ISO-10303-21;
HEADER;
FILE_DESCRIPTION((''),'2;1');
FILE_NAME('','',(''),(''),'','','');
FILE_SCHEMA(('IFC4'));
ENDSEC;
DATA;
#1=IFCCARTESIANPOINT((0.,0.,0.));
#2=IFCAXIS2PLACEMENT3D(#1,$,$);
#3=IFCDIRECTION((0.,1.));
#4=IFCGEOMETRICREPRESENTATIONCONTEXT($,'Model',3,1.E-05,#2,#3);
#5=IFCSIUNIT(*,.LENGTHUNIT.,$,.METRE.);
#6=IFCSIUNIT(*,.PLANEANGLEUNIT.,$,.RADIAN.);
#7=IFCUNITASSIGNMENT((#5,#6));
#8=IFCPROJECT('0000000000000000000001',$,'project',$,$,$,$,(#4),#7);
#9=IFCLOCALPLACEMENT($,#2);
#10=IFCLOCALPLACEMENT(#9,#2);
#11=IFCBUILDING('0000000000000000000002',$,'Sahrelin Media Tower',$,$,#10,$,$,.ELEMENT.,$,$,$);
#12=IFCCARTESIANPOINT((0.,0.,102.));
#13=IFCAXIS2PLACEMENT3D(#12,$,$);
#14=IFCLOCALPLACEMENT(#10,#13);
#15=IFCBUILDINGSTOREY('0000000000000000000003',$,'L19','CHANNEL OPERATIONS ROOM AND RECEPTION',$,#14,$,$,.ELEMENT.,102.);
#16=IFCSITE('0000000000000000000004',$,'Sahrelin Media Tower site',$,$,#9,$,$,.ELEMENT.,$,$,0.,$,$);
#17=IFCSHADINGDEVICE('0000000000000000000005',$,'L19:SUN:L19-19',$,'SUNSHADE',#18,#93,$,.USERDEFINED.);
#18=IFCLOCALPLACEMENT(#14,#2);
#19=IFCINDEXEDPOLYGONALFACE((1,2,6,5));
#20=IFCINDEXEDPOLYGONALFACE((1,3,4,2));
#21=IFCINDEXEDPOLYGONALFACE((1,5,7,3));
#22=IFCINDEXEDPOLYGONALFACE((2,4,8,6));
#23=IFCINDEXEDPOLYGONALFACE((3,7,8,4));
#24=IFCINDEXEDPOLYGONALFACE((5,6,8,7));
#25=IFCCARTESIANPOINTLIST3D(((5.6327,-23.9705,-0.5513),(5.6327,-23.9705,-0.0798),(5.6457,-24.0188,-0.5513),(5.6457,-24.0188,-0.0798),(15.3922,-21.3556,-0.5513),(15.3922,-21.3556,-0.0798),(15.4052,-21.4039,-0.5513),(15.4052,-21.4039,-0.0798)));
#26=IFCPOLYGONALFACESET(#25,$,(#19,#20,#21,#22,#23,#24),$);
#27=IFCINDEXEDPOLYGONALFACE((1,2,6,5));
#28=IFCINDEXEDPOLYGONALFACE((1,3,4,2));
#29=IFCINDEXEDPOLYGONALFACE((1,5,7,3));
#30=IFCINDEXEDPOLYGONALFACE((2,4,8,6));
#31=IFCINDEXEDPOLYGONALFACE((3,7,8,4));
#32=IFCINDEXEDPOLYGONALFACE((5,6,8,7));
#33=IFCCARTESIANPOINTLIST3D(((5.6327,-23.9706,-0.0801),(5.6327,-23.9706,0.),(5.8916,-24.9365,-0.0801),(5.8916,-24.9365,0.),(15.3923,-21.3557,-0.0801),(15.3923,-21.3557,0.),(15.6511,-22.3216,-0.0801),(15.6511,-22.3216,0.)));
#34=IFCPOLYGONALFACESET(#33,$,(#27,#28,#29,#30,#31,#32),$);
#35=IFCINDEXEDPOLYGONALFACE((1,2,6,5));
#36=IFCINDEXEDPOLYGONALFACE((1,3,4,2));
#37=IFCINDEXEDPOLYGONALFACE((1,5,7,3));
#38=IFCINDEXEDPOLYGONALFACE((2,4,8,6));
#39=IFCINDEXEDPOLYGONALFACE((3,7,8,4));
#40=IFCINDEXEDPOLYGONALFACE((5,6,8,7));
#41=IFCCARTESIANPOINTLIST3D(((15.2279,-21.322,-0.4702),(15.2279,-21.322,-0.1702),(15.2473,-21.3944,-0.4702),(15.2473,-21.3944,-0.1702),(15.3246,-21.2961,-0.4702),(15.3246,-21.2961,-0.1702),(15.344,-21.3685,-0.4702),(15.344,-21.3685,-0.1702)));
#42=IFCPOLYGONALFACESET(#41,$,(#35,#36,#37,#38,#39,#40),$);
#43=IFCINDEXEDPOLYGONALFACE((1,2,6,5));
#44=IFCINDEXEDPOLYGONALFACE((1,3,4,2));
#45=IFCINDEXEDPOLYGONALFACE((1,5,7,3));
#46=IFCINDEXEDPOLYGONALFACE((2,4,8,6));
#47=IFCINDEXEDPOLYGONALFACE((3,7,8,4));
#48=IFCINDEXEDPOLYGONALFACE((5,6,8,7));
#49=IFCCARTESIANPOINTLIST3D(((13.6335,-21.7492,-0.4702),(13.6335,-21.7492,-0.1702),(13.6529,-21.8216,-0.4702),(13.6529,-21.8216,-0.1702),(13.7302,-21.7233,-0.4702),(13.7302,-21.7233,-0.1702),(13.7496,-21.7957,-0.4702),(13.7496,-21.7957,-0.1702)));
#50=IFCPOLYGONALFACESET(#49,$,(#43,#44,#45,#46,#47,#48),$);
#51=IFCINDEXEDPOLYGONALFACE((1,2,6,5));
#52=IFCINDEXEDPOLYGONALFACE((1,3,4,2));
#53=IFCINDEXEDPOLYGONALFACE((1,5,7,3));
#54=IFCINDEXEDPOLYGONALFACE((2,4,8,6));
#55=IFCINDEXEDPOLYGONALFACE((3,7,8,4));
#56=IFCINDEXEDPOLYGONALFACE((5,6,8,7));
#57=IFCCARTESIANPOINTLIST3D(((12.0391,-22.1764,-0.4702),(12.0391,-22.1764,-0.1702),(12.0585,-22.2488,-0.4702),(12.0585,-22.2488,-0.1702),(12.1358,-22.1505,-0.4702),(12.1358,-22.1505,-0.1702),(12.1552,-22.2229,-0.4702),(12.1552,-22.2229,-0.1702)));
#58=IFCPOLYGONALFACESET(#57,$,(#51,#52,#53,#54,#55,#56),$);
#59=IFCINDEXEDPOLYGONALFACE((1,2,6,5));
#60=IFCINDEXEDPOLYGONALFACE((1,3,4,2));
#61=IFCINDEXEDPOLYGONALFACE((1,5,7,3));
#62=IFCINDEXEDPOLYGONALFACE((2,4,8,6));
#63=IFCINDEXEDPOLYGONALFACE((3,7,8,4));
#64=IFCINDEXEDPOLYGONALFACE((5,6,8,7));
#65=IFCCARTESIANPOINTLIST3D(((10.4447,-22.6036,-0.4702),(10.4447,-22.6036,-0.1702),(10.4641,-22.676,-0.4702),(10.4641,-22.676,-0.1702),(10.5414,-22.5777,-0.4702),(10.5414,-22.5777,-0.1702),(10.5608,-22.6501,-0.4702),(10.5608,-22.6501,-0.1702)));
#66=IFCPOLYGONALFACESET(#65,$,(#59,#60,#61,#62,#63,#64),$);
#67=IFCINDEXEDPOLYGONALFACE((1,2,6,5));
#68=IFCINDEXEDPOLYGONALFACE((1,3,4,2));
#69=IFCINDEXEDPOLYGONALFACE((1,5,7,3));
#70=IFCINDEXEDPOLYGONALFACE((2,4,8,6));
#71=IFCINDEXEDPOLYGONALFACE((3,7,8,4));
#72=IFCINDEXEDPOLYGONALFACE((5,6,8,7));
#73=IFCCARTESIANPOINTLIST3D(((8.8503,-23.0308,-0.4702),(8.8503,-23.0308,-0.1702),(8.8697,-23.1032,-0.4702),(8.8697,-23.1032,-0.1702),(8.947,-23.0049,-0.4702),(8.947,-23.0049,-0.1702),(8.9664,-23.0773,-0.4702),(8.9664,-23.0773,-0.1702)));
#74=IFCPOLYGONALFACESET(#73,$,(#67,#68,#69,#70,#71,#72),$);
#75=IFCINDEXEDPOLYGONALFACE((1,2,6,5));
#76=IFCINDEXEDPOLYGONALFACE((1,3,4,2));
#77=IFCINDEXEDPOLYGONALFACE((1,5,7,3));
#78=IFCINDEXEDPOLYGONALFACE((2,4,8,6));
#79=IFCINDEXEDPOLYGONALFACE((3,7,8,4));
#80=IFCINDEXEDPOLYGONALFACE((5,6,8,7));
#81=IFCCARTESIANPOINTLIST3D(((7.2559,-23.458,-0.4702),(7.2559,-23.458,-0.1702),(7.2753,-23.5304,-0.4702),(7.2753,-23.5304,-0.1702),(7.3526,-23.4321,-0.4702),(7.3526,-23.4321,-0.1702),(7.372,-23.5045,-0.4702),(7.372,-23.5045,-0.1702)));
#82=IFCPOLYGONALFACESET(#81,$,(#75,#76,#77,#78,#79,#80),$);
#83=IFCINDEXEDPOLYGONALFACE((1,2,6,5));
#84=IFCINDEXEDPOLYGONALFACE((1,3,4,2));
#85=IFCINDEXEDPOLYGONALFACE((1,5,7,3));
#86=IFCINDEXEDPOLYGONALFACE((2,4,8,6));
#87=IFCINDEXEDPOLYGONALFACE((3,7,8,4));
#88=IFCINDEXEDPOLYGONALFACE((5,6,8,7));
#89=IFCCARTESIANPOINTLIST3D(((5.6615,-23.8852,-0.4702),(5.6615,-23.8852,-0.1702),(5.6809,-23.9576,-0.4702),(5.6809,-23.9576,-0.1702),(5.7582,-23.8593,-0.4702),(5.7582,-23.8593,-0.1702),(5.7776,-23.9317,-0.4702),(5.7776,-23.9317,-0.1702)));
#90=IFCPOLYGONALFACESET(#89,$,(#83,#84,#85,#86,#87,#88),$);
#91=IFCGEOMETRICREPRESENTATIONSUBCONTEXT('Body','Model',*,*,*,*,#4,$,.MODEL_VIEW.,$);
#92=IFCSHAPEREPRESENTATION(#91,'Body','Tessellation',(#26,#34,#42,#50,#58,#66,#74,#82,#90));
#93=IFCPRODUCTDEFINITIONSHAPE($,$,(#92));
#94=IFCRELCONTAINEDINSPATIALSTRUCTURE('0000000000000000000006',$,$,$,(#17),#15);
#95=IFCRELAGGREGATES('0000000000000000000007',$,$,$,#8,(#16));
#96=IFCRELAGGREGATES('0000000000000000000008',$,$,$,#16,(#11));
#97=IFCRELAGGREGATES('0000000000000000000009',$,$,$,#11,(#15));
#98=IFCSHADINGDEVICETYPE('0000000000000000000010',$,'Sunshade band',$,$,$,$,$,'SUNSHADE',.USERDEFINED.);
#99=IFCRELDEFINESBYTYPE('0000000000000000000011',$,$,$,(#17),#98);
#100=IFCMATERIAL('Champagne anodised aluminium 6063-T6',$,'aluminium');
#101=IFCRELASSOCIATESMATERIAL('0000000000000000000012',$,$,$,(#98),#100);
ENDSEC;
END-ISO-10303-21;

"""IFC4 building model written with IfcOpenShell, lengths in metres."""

from ifc_helpers import new_model, si_unit, direction, frame, origin, origin_2d, place, context, subcontext, project, spatial, rectangle, extrude, material, type_object, element, save


model = new_model("IFC4")

# Units and contexts
model_context = context("Model", 3, precision=1e-05, world=origin(), true_north=direction((0.0, 1.0)))
body_context = subcontext(model_context, "Body", "Model", "MODEL_VIEW")
ifc_project = project(units=[si_unit("LENGTHUNIT", "METRE"), si_unit("PLANEANGLEUNIT", "RADIAN")], contexts=[model_context])

# Site, building, storey
site_placement = place(None, origin())
site = spatial("IfcSite", under=ifc_project, at=site_placement, Name="Sahrelin Media Tower site", CompositionType="ELEMENT", RefElevation=0.0)
building_placement = place(site_placement, origin())
building = spatial("IfcBuilding", under=site, at=building_placement, Name="Sahrelin Media Tower", CompositionType="ELEMENT")
storey_placement = place(building_placement, frame((0.0, 0.0, 102.0)))
storey = spatial("IfcBuildingStorey", under=building, at=storey_placement, Name="L19", Description="CHANNEL OPERATIONS ROOM AND RECEPTION", CompositionType="ELEMENT", Elevation=102.0)

# Shared definitions
ifc_material_1 = material(Name="Champagne anodised aluminium 6063-T6", Category="aluminium")

# Shading device
placement = place(storey_placement, frame((10.5073, -22.6438, 0.0), z_axis=(0.0, 0.0, 1.0), x_axis=(-0.965929, -0.258808, 0.0)))
shading_device_type_1 = type_object("IfcShadingDeviceType", Name="Sunshade band", ElementType="SUNSHADE", PredefinedType="USERDEFINED", material=ifc_material_1)
element("IfcShadingDevice", 1, at=placement, inside=storey, type_object=shading_device_type_1, Name="L19:SUN:L19-19", ObjectType="SUNSHADE", PredefinedType="USERDEFINED", context=body_context, shape_type="SweptSolid", body=[
    extrude(rectangle(XDim=10.1038, YDim=0.05, at=origin_2d()), frame((0.0, 0.0449, -0.5513)), (0.0, 0.0, 1.0), 0.4714),
    extrude(rectangle(XDim=10.1038, YDim=1.0, at=origin_2d()), frame((0.0, 0.52, -0.0801)), (0.0, 0.0, 1.0), 0.0801),
    extrude(rectangle(XDim=0.1001, YDim=0.075, at=origin_2d()), frame((-4.9519, -0.0176, -0.4702)), (0.0, 0.0, 1.0), 0.3),
    extrude(rectangle(XDim=0.1001, YDim=0.075, at=origin_2d()), frame((-3.3013, -0.0176, -0.4702)), (0.0, 0.0, 1.0), 0.3),
    extrude(rectangle(XDim=0.1001, YDim=0.075, at=origin_2d()), frame((-1.6506, -0.0176, -0.4702)), (0.0, 0.0, 1.0), 0.3),
    extrude(rectangle(XDim=0.1001, YDim=0.075, at=origin_2d()), frame((0.0, -0.0176, -0.4702)), (0.0, 0.0, 1.0), 0.3),
    extrude(rectangle(XDim=0.1001, YDim=0.075, at=origin_2d()), frame((1.6506, -0.0176, -0.4702)), (0.0, 0.0, 1.0), 0.3),
    extrude(rectangle(XDim=0.1001, YDim=0.075, at=origin_2d()), frame((3.3013, -0.0176, -0.4702)), (0.0, 0.0, 1.0), 0.3),
    extrude(rectangle(XDim=0.1001, YDim=0.075, at=origin_2d()), frame((4.9519, -0.0176, -0.4702)), (0.0, 0.0, 1.0), 0.3),
])

save(model, "model.ifc")
